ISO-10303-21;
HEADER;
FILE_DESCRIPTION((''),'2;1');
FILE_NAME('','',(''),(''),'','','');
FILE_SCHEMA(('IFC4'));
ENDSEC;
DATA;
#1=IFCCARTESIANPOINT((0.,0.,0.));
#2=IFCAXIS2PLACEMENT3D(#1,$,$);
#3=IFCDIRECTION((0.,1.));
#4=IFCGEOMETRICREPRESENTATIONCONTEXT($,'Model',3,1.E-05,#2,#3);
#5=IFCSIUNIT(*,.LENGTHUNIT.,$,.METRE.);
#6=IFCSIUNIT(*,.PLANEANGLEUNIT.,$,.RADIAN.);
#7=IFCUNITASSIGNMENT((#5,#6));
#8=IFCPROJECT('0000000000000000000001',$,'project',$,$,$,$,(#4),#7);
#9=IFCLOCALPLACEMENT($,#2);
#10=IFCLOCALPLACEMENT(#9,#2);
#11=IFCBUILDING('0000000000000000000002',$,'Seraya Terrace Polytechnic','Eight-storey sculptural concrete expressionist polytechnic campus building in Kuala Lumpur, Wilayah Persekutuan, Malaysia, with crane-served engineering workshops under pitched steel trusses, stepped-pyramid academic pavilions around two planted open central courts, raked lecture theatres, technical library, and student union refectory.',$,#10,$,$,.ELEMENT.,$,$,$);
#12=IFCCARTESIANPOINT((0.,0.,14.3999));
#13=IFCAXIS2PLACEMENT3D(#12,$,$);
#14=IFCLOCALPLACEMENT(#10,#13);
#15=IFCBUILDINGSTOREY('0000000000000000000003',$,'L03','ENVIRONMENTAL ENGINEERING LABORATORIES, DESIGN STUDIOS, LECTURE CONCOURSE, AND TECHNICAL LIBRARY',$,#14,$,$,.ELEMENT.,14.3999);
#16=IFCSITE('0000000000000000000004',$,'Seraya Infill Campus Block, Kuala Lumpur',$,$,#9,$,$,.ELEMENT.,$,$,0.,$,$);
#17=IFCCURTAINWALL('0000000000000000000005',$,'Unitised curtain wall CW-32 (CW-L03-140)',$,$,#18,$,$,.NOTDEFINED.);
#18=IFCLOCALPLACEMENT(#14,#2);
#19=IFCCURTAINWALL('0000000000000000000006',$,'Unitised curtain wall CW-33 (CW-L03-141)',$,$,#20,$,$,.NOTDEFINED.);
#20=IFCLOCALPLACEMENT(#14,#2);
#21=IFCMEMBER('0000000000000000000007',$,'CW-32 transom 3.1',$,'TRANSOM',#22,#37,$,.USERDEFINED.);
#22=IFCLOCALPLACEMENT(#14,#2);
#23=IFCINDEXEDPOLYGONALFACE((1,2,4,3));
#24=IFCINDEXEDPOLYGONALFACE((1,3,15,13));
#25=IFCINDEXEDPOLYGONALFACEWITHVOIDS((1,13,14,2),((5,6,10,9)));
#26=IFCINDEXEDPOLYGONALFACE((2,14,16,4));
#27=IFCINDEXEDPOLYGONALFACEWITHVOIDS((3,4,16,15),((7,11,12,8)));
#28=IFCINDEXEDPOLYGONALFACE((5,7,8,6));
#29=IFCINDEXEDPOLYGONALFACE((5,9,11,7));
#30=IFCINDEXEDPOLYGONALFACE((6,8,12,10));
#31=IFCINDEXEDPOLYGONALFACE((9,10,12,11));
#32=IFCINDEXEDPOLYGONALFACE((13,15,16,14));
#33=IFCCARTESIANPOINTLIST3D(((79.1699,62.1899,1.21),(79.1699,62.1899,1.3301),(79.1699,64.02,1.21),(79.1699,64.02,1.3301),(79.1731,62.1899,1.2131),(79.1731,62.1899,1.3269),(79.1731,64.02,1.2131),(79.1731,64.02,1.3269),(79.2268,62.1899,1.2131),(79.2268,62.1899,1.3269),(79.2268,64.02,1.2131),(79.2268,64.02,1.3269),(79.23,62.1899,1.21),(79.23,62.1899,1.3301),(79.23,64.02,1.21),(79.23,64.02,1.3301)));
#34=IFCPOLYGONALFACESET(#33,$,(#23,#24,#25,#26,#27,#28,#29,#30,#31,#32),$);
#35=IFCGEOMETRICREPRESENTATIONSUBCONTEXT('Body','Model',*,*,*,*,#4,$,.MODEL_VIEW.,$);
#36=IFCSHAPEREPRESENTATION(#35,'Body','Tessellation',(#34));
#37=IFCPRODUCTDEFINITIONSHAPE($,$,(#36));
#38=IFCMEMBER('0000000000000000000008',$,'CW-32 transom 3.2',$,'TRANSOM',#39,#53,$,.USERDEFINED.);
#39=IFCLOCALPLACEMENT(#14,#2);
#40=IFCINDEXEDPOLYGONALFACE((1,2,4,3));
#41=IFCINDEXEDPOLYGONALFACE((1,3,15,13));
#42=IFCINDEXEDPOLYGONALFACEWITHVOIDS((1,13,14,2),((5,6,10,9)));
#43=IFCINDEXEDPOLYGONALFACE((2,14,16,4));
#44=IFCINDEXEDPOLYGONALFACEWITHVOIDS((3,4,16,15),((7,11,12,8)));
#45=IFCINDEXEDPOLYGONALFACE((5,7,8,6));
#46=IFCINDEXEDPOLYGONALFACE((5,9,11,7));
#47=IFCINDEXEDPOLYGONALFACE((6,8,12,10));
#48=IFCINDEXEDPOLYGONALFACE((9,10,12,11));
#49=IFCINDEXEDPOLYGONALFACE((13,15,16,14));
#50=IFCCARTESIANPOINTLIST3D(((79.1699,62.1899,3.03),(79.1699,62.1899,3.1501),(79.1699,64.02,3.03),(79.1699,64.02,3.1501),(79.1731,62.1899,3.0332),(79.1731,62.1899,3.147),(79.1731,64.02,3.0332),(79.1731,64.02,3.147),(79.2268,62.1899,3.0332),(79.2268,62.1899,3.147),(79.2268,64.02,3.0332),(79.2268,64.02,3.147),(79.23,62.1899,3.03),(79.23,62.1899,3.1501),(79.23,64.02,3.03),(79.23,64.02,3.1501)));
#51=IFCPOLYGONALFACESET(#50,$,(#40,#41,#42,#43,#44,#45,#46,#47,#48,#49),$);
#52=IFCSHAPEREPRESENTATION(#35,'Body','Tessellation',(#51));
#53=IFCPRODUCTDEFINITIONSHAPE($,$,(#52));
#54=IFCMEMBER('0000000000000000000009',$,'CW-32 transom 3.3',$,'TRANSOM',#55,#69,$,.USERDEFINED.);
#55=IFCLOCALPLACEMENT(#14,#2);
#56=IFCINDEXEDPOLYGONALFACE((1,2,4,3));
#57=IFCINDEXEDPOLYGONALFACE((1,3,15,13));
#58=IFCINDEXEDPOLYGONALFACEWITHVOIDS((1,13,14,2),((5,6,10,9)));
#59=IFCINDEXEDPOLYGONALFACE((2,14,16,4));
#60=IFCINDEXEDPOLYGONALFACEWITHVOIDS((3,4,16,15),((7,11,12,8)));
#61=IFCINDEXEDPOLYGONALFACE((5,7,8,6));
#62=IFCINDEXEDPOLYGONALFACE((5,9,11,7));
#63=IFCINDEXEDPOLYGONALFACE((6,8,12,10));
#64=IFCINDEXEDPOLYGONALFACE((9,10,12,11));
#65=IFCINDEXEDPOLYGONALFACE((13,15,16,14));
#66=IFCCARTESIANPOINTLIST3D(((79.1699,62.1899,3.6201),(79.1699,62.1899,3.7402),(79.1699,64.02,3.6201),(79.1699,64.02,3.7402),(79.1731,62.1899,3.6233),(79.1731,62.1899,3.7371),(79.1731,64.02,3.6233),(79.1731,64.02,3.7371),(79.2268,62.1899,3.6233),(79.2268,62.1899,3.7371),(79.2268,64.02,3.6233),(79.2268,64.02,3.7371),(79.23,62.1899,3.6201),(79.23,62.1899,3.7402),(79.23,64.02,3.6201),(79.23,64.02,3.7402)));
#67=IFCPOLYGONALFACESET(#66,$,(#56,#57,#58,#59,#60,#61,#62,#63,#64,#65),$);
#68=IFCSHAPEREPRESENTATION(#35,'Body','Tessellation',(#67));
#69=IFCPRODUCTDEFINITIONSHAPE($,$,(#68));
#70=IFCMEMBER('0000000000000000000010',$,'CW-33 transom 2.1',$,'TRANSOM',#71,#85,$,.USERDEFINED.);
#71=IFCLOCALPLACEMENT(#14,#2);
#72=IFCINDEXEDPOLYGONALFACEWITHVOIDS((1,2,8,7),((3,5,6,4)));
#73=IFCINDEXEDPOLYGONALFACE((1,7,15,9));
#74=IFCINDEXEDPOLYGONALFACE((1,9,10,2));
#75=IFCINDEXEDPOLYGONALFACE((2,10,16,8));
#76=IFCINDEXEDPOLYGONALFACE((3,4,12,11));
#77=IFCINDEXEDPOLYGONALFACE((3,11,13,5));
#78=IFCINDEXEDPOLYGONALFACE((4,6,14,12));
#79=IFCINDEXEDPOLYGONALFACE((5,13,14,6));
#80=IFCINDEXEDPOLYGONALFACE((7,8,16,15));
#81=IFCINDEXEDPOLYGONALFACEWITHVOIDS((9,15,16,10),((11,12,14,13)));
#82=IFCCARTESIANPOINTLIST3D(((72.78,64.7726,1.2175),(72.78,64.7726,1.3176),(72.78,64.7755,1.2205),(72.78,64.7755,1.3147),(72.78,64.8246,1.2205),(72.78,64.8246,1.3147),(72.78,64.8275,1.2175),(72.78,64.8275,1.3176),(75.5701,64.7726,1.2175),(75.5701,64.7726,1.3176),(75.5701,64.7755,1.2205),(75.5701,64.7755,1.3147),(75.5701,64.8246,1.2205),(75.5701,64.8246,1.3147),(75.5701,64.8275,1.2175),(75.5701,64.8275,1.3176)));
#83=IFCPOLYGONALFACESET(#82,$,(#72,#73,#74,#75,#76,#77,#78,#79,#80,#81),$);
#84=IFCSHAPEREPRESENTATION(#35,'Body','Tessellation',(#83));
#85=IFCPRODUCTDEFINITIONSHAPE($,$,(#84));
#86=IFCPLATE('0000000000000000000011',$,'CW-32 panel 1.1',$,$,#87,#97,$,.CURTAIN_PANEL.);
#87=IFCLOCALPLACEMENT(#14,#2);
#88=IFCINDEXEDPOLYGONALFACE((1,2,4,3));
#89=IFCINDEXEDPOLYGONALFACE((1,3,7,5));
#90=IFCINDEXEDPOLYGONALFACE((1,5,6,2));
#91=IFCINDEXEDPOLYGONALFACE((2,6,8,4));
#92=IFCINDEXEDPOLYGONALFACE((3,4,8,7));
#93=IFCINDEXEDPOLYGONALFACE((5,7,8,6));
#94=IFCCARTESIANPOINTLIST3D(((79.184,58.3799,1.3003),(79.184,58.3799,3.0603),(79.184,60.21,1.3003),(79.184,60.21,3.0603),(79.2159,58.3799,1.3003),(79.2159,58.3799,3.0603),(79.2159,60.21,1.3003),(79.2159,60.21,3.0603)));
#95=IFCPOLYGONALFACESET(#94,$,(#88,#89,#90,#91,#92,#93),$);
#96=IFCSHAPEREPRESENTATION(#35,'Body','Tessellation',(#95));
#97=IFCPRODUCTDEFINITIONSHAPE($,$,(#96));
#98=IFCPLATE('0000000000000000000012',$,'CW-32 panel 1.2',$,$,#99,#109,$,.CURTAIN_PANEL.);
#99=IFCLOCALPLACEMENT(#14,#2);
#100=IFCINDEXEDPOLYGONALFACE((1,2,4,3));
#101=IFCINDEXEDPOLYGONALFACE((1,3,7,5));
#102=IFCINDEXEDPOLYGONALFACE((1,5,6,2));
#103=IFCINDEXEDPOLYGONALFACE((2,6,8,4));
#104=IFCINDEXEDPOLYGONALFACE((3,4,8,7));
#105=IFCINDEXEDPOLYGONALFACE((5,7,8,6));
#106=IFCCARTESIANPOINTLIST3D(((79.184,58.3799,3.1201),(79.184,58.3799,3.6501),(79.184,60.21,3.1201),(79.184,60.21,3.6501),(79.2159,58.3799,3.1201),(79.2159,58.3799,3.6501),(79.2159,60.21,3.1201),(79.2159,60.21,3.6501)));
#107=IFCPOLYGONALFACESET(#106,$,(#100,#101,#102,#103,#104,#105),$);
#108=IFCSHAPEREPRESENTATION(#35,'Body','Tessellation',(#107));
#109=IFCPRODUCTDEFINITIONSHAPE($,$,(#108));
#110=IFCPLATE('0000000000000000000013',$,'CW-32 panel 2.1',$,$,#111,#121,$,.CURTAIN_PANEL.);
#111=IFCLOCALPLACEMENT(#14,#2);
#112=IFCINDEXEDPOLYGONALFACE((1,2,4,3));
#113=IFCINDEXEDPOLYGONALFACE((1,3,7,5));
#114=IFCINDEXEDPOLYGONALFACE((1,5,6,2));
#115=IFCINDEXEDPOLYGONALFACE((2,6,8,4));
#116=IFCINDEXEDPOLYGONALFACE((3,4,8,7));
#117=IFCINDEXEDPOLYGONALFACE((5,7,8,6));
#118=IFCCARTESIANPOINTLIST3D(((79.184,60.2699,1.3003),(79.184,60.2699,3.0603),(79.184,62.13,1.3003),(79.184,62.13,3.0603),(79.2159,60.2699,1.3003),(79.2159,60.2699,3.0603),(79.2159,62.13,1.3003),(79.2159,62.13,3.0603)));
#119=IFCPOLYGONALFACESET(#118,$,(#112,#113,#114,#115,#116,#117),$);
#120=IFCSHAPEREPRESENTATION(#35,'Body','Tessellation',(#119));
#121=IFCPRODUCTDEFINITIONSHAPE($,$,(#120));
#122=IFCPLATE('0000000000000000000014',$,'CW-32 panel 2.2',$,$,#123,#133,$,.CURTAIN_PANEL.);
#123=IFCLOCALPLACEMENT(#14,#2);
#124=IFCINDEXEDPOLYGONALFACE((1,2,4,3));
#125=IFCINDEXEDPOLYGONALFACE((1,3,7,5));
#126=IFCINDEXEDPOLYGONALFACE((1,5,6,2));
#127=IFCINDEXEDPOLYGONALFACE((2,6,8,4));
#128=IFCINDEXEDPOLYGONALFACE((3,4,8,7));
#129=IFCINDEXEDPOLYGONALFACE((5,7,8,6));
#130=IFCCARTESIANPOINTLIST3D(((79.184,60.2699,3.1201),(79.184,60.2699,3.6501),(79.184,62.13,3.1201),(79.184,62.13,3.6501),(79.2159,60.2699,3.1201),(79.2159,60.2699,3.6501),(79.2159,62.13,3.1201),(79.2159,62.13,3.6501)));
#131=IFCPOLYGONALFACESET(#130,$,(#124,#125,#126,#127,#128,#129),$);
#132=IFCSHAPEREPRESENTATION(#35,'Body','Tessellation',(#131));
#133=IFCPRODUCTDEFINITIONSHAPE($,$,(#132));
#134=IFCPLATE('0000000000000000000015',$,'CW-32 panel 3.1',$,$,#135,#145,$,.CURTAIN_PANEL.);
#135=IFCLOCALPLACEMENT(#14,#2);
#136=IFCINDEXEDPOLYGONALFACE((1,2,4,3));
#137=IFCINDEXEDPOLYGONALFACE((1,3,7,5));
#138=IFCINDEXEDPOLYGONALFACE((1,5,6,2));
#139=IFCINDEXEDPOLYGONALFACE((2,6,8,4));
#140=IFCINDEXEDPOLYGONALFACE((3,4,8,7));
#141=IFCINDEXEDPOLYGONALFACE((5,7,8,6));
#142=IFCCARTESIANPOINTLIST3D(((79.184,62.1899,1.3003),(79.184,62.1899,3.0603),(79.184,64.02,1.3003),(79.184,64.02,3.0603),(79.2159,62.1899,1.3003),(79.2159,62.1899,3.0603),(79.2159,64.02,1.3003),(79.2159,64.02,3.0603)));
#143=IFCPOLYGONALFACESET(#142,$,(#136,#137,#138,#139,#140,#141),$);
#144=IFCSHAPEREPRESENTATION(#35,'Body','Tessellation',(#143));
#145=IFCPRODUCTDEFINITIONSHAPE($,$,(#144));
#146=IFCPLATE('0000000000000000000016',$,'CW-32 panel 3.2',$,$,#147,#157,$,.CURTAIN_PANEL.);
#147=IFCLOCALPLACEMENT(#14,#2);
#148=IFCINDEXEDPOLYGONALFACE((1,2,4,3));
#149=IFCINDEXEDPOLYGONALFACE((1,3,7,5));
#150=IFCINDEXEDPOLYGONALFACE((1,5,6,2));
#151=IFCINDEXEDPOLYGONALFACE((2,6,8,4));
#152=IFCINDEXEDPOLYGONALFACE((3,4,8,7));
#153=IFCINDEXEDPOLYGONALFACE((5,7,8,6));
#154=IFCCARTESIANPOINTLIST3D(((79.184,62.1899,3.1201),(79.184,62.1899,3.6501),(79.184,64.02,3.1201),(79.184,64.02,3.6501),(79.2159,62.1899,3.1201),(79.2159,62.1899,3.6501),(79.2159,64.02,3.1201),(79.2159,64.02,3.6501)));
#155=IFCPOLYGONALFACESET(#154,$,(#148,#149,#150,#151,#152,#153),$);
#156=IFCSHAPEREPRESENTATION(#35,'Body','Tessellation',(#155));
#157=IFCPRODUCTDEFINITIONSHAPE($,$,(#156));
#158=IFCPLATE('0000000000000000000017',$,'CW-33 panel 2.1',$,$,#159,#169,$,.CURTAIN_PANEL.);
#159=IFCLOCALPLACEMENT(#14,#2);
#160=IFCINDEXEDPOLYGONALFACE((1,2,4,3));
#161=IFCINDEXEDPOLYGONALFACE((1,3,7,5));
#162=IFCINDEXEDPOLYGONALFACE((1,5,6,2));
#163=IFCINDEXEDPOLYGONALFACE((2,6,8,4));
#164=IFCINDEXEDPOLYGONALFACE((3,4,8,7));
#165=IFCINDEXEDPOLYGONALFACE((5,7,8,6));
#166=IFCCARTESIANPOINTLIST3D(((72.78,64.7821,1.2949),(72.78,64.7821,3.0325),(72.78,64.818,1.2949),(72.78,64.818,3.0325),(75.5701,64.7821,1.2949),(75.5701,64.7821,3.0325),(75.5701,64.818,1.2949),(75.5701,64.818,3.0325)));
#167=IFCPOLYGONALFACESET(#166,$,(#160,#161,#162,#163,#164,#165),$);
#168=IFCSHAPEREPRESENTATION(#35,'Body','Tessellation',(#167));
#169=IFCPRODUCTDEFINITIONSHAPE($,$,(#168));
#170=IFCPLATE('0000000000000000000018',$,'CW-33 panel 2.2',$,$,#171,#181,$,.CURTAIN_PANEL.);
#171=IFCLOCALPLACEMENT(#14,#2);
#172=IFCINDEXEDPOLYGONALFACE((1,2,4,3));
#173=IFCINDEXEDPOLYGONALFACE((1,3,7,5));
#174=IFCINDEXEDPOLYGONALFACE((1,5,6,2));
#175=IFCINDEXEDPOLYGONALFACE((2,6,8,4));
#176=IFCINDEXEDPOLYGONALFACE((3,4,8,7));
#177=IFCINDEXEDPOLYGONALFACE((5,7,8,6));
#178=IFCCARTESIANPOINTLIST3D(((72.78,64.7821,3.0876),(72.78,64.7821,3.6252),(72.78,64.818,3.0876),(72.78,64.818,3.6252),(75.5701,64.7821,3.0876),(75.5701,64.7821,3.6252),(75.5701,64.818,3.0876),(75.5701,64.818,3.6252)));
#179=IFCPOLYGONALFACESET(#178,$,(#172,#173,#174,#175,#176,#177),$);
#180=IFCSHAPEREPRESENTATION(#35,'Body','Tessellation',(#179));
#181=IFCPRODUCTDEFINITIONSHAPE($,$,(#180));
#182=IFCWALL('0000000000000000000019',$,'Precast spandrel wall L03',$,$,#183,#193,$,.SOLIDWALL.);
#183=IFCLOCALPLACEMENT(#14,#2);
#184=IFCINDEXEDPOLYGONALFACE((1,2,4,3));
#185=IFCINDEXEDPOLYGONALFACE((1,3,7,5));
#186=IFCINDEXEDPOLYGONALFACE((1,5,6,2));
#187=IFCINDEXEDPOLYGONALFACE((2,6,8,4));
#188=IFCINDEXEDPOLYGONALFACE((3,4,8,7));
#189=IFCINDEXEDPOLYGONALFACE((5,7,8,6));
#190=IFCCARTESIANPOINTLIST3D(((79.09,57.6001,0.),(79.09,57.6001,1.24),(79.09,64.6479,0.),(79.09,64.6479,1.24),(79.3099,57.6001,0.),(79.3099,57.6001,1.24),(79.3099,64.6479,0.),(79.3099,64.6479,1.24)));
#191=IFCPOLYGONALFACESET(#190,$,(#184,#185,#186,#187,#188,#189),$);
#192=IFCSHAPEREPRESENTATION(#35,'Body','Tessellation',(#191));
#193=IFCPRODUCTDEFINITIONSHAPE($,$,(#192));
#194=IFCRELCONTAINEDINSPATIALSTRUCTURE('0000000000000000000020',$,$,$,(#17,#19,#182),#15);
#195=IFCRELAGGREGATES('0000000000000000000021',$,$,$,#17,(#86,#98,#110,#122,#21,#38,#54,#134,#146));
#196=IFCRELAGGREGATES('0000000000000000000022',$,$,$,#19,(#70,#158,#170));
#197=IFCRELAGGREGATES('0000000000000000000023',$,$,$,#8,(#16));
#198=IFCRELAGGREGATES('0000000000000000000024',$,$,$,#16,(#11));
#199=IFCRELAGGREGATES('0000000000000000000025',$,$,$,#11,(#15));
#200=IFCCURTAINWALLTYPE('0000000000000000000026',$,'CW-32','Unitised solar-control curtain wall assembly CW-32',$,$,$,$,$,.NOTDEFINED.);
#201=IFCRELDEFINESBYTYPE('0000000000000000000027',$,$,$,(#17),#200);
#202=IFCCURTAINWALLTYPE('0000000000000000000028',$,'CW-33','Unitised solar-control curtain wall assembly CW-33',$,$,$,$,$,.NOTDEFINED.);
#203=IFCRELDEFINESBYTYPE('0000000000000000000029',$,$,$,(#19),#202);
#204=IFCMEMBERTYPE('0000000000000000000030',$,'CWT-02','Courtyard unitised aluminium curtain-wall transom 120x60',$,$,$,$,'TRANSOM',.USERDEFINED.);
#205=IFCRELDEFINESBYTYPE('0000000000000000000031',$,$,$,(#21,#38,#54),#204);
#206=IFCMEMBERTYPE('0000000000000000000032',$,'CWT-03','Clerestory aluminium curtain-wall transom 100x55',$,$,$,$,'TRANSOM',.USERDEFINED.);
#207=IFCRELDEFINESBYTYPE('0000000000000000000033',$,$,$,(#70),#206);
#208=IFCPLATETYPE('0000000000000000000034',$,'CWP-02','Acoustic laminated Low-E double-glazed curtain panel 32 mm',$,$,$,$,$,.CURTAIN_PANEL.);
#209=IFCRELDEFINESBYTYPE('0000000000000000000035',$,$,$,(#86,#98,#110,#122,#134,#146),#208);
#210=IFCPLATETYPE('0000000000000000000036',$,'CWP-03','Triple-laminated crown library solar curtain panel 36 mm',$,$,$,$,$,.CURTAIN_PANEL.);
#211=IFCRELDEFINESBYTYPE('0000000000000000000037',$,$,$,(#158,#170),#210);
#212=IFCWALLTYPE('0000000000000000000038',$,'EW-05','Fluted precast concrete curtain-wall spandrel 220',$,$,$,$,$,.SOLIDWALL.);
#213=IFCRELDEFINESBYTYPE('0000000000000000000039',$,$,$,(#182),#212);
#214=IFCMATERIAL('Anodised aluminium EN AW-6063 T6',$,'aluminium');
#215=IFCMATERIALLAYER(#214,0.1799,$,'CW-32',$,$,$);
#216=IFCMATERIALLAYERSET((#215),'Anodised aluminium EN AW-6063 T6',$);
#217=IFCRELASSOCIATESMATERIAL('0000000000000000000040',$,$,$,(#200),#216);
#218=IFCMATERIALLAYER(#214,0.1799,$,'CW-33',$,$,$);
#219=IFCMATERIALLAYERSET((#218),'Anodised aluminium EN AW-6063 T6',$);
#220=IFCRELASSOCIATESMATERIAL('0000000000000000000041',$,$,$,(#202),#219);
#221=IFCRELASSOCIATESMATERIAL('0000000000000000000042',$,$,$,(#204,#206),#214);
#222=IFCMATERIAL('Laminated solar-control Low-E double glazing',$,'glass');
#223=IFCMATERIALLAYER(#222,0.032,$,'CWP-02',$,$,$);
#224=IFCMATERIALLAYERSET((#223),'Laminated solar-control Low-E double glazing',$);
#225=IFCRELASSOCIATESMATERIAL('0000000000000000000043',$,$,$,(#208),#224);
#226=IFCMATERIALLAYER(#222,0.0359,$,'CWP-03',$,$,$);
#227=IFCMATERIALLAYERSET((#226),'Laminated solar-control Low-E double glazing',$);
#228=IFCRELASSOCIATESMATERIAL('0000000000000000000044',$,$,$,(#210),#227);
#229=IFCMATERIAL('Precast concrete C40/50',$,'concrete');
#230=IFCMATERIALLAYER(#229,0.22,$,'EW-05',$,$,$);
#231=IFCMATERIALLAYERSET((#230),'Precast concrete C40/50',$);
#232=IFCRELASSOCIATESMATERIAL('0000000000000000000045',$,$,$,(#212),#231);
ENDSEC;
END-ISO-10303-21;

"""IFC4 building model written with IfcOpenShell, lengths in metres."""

from ifc_helpers import new_model, si_unit, direction, frame, frame_2d, origin, origin_2d, place, context, subcontext, project, spatial, rectangle, hollow_rectangle, extrude, material, layer, layer_set, material_profile, profile_set, type_object, element, aggregate, save


model = new_model("IFC4")

# Units and contexts
model_context = context("Model", 3, precision=1e-05, world=origin(), true_north=direction((0.0, 1.0)))
body_context = subcontext(model_context, "Body", "Model", "MODEL_VIEW")
ifc_project = project(units=[si_unit("LENGTHUNIT", "METRE"), si_unit("PLANEANGLEUNIT", "RADIAN")], contexts=[model_context])

# Site, building, storey
site_placement = place(None, origin())
site = spatial("IfcSite", under=ifc_project, at=site_placement, Name="Seraya Infill Campus Block, Kuala Lumpur", CompositionType="ELEMENT", RefElevation=0.0)
building_placement = place(site_placement, origin())
building = spatial("IfcBuilding", under=site, at=building_placement, Name="Seraya Terrace Polytechnic", Description="Eight-storey sculptural concrete expressionist polytechnic campus building in Kuala Lumpur, Wilayah Persekutuan, Malaysia, with crane-served engineering workshops under pitched steel trusses, stepped-pyramid academic pavilions around two planted open central courts, raked lecture theatres, technical library, and student union refectory.", CompositionType="ELEMENT")
storey_placement = place(building_placement, frame((0.0, 0.0, 14.3999)))
storey = spatial("IfcBuildingStorey", under=building, at=storey_placement, Name="L03", Description="ENVIRONMENTAL ENGINEERING LABORATORIES, DESIGN STUDIOS, LECTURE CONCOURSE, AND TECHNICAL LIBRARY", CompositionType="ELEMENT", Elevation=14.3999)

# Shared definitions
ifc_material_1 = material(Name="Anodised aluminium EN AW-6063 T6", Category="aluminium")

# Curtain wall
ifc_layer_1 = layer(ifc_material_1, 0.1799, Name="CW-32")
ifc_layer_set_1 = layer_set([ifc_layer_1], Name="Anodised aluminium EN AW-6063 T6")
curtain_wall_type_1 = type_object("IfcCurtainWallType", Name="CW-32", Description="Unitised solar-control curtain wall assembly CW-32", PredefinedType="NOTDEFINED", material=ifc_layer_set_1)
curtain_wall_1_placement = place(storey_placement, origin())
curtain_wall_1 = element("IfcCurtainWall", 1, at=curtain_wall_1_placement, inside=storey, type_object=curtain_wall_type_1, Name="Unitised curtain wall CW-32 (CW-L03-140)", PredefinedType="NOTDEFINED")

# Curtain wall
ifc_layer_2 = layer(ifc_material_1, 0.1799, Name="CW-33")
ifc_layer_set_2 = layer_set([ifc_layer_2], Name="Anodised aluminium EN AW-6063 T6")
curtain_wall_type_2 = type_object("IfcCurtainWallType", Name="CW-33", Description="Unitised solar-control curtain wall assembly CW-33", PredefinedType="NOTDEFINED", material=ifc_layer_set_2)
curtain_wall_2_placement = place(storey_placement, origin())
curtain_wall_2 = element("IfcCurtainWall", 2, at=curtain_wall_2_placement, inside=storey, type_object=curtain_wall_type_2, Name="Unitised curtain wall CW-33 (CW-L03-141)", PredefinedType="NOTDEFINED")

# Members
ifc_material_profile_1 = material_profile(ifc_material_1, hollow_rectangle(XDim=0.0601, YDim=0.1201, WallThickness=0.0032, at=origin_2d()), Name="RHS 120x60x3.2")
ifc_profile_set_1 = profile_set([ifc_material_profile_1], Name="Anodised aluminium EN AW-6063 T6")
member_type_1 = type_object("IfcMemberType", Name="CWT-02", Description="Courtyard unitised aluminium curtain-wall transom 120x60", ElementType="TRANSOM", PredefinedType="USERDEFINED", material=ifc_profile_set_1)
member_1_placement = place(storey_placement, frame((79.2, 62.1899, 1.27), z_axis=(0.0, 1.0, 0.0), x_axis=(-1.0, 0.0, 0.0)))
member_1 = element("IfcMember", 3, at=member_1_placement, type_object=member_type_1, Name="CW-32 transom 3.1", ObjectType="TRANSOM", PredefinedType="USERDEFINED", context=body_context, shape_type="SweptSolid", body=[
    extrude(hollow_rectangle(XDim=0.0601, YDim=0.1201, WallThickness=0.0032, at=origin_2d()), origin(), (0.0, 0.0, 1.0), 1.8301),
])
member_2_placement = place(storey_placement, frame((79.2, 62.1899, 3.0901), z_axis=(0.0, 1.0, 0.0), x_axis=(-1.0, 0.0, 0.0)))
member_2 = element("IfcMember", 4, at=member_2_placement, type_object=member_type_1, Name="CW-32 transom 3.2", ObjectType="TRANSOM", PredefinedType="USERDEFINED", context=body_context, shape_type="SweptSolid", body=[
    extrude(hollow_rectangle(XDim=0.0601, YDim=0.1201, WallThickness=0.0032, at=origin_2d()), origin(), (0.0, 0.0, 1.0), 1.8301),
])
member_3_placement = place(storey_placement, frame((79.2, 62.1899, 3.6802), z_axis=(0.0, 1.0, 0.0), x_axis=(-1.0, 0.0, 0.0)))
member_3 = element("IfcMember", 5, at=member_3_placement, type_object=member_type_1, Name="CW-32 transom 3.3", ObjectType="TRANSOM", PredefinedType="USERDEFINED", context=body_context, shape_type="SweptSolid", body=[
    extrude(hollow_rectangle(XDim=0.0601, YDim=0.1201, WallThickness=0.0032, at=origin_2d()), origin(), (0.0, 0.0, 1.0), 1.8301),
])
ifc_material_profile_2 = material_profile(ifc_material_1, hollow_rectangle(XDim=0.0549, YDim=0.1001, WallThickness=0.0029, at=origin_2d()), Name="RHS 100x55x3.0")
ifc_profile_set_2 = profile_set([ifc_material_profile_2], Name="Anodised aluminium EN AW-6063 T6")
member_type_2 = type_object("IfcMemberType", Name="CWT-03", Description="Clerestory aluminium curtain-wall transom 100x55", ElementType="TRANSOM", PredefinedType="USERDEFINED", material=ifc_profile_set_2)
member_4_placement = place(storey_placement, frame((75.5701, 64.8, 1.2676), z_axis=(-1.0, 0.0, 0.0), x_axis=(0.0, -1.0, 0.0)))
member_4 = element("IfcMember", 6, at=member_4_placement, type_object=member_type_2, Name="CW-33 transom 2.1", ObjectType="TRANSOM", PredefinedType="USERDEFINED", context=body_context, shape_type="SweptSolid", body=[
    extrude(hollow_rectangle(XDim=0.0549, YDim=0.1001, WallThickness=0.0029, at=origin_2d()), origin(), (0.0, 0.0, 1.0), 2.79),
])

# Plates
ifc_material_2 = material(Name="Laminated solar-control Low-E double glazing", Category="glass")
ifc_layer_3 = layer(ifc_material_2, 0.032, Name="CWP-02")
ifc_layer_set_3 = layer_set([ifc_layer_3], Name="Laminated solar-control Low-E double glazing")
plate_type_1 = type_object("IfcPlateType", Name="CWP-02", Description="Acoustic laminated Low-E double-glazed curtain panel 32 mm", PredefinedType="CURTAIN_PANEL", material=ifc_layer_set_3)
plate_1_placement = place(storey_placement, frame((79.2, 59.2949, 1.3003), z_axis=(0.0, 0.0, 1.0), x_axis=(0.0, 1.0, 0.0)))
plate_1 = element("IfcPlate", 7, at=plate_1_placement, type_object=plate_type_1, Name="CW-32 panel 1.1", PredefinedType="CURTAIN_PANEL", context=body_context, shape_type="SweptSolid", body=[
    extrude(rectangle(XDim=1.8301, YDim=0.032, at=origin_2d()), origin(), (0.0, 0.0, 1.0), 1.76),
])
plate_2_placement = place(storey_placement, frame((79.2, 59.2949, 3.1201), z_axis=(0.0, 0.0, 1.0), x_axis=(0.0, 1.0, 0.0)))
plate_2 = element("IfcPlate", 8, at=plate_2_placement, type_object=plate_type_1, Name="CW-32 panel 1.2", PredefinedType="CURTAIN_PANEL", context=body_context, shape_type="SweptSolid", body=[
    extrude(rectangle(XDim=1.8301, YDim=0.032, at=origin_2d()), origin(), (0.0, 0.0, 1.0), 0.53),
])
plate_3_placement = place(storey_placement, frame((79.2, 61.2, 1.3003), z_axis=(0.0, 0.0, 1.0), x_axis=(0.0, 1.0, 0.0)))
plate_3 = element("IfcPlate", 9, at=plate_3_placement, type_object=plate_type_1, Name="CW-32 panel 2.1", PredefinedType="CURTAIN_PANEL", context=body_context, shape_type="SweptSolid", body=[
    extrude(rectangle(XDim=1.8601, YDim=0.032, at=origin_2d()), origin(), (0.0, 0.0, 1.0), 1.76),
])
plate_4_placement = place(storey_placement, frame((79.2, 61.2, 3.1201), z_axis=(0.0, 0.0, 1.0), x_axis=(0.0, 1.0, 0.0)))
plate_4 = element("IfcPlate", 10, at=plate_4_placement, type_object=plate_type_1, Name="CW-32 panel 2.2", PredefinedType="CURTAIN_PANEL", context=body_context, shape_type="SweptSolid", body=[
    extrude(rectangle(XDim=1.8601, YDim=0.032, at=origin_2d()), origin(), (0.0, 0.0, 1.0), 0.53),
])
plate_5_placement = place(storey_placement, frame((79.2, 63.105, 1.3003), z_axis=(0.0, 0.0, 1.0), x_axis=(0.0, 1.0, 0.0)))
plate_5 = element("IfcPlate", 11, at=plate_5_placement, type_object=plate_type_1, Name="CW-32 panel 3.1", PredefinedType="CURTAIN_PANEL", context=body_context, shape_type="SweptSolid", body=[
    extrude(rectangle(XDim=1.8301, YDim=0.032, at=origin_2d()), origin(), (0.0, 0.0, 1.0), 1.76),
])
plate_6_placement = place(storey_placement, frame((79.2, 63.105, 3.1201), z_axis=(0.0, 0.0, 1.0), x_axis=(0.0, 1.0, 0.0)))
plate_6 = element("IfcPlate", 12, at=plate_6_placement, type_object=plate_type_1, Name="CW-32 panel 3.2", PredefinedType="CURTAIN_PANEL", context=body_context, shape_type="SweptSolid", body=[
    extrude(rectangle(XDim=1.8301, YDim=0.032, at=origin_2d()), origin(), (0.0, 0.0, 1.0), 0.53),
])
aggregate(curtain_wall_1, [plate_1, plate_2, plate_3, plate_4, member_1, member_2, member_3, plate_5, plate_6])
ifc_layer_4 = layer(ifc_material_2, 0.0359, Name="CWP-03")
ifc_layer_set_4 = layer_set([ifc_layer_4], Name="Laminated solar-control Low-E double glazing")
plate_type_2 = type_object("IfcPlateType", Name="CWP-03", Description="Triple-laminated crown library solar curtain panel 36 mm", PredefinedType="CURTAIN_PANEL", material=ifc_layer_set_4)
plate_7_placement = place(storey_placement, frame((74.175, 64.8, 1.2949), z_axis=(0.0, 0.0, 1.0), x_axis=(-1.0, 0.0, 0.0)))
plate_7 = element("IfcPlate", 13, at=plate_7_placement, type_object=plate_type_2, Name="CW-33 panel 2.1", PredefinedType="CURTAIN_PANEL", context=body_context, shape_type="SweptSolid", body=[
    extrude(rectangle(XDim=2.79, YDim=0.0359, at=origin_2d()), origin(), (0.0, 0.0, 1.0), 1.7375),
])
plate_8_placement = place(storey_placement, frame((74.175, 64.8, 3.0876), z_axis=(0.0, 0.0, 1.0), x_axis=(-1.0, 0.0, 0.0)))
plate_8 = element("IfcPlate", 14, at=plate_8_placement, type_object=plate_type_2, Name="CW-33 panel 2.2", PredefinedType="CURTAIN_PANEL", context=body_context, shape_type="SweptSolid", body=[
    extrude(rectangle(XDim=2.79, YDim=0.0359, at=origin_2d()), origin(), (0.0, 0.0, 1.0), 0.5376),
])
aggregate(curtain_wall_2, [member_4, plate_7, plate_8])

# Wall
ifc_material_3 = material(Name="Precast concrete C40/50", Category="concrete")
ifc_layer_5 = layer(ifc_material_3, 0.22, Name="EW-05")
ifc_layer_set_5 = layer_set([ifc_layer_5], Name="Precast concrete C40/50")
wall_type = type_object("IfcWallType", Name="EW-05", Description="Fluted precast concrete curtain-wall spandrel 220", PredefinedType="SOLIDWALL", material=ifc_layer_set_5)
wall_1_placement = place(storey_placement, frame((79.2, 57.6001, 0.0), z_axis=(0.0, 0.0, 1.0), x_axis=(0.0, 1.0, 0.0)))
element("IfcWall", 15, at=wall_1_placement, inside=storey, type_object=wall_type, Name="Precast spandrel wall L03", PredefinedType="SOLIDWALL", context=body_context, shape_type="SweptSolid", body=[
    extrude(rectangle(XDim=7.0479, YDim=0.22, at=frame_2d((3.5239, 0.0))), origin(), (0.0, 0.0, 1.0), 1.24),
])

save(model, "model.ifc")
